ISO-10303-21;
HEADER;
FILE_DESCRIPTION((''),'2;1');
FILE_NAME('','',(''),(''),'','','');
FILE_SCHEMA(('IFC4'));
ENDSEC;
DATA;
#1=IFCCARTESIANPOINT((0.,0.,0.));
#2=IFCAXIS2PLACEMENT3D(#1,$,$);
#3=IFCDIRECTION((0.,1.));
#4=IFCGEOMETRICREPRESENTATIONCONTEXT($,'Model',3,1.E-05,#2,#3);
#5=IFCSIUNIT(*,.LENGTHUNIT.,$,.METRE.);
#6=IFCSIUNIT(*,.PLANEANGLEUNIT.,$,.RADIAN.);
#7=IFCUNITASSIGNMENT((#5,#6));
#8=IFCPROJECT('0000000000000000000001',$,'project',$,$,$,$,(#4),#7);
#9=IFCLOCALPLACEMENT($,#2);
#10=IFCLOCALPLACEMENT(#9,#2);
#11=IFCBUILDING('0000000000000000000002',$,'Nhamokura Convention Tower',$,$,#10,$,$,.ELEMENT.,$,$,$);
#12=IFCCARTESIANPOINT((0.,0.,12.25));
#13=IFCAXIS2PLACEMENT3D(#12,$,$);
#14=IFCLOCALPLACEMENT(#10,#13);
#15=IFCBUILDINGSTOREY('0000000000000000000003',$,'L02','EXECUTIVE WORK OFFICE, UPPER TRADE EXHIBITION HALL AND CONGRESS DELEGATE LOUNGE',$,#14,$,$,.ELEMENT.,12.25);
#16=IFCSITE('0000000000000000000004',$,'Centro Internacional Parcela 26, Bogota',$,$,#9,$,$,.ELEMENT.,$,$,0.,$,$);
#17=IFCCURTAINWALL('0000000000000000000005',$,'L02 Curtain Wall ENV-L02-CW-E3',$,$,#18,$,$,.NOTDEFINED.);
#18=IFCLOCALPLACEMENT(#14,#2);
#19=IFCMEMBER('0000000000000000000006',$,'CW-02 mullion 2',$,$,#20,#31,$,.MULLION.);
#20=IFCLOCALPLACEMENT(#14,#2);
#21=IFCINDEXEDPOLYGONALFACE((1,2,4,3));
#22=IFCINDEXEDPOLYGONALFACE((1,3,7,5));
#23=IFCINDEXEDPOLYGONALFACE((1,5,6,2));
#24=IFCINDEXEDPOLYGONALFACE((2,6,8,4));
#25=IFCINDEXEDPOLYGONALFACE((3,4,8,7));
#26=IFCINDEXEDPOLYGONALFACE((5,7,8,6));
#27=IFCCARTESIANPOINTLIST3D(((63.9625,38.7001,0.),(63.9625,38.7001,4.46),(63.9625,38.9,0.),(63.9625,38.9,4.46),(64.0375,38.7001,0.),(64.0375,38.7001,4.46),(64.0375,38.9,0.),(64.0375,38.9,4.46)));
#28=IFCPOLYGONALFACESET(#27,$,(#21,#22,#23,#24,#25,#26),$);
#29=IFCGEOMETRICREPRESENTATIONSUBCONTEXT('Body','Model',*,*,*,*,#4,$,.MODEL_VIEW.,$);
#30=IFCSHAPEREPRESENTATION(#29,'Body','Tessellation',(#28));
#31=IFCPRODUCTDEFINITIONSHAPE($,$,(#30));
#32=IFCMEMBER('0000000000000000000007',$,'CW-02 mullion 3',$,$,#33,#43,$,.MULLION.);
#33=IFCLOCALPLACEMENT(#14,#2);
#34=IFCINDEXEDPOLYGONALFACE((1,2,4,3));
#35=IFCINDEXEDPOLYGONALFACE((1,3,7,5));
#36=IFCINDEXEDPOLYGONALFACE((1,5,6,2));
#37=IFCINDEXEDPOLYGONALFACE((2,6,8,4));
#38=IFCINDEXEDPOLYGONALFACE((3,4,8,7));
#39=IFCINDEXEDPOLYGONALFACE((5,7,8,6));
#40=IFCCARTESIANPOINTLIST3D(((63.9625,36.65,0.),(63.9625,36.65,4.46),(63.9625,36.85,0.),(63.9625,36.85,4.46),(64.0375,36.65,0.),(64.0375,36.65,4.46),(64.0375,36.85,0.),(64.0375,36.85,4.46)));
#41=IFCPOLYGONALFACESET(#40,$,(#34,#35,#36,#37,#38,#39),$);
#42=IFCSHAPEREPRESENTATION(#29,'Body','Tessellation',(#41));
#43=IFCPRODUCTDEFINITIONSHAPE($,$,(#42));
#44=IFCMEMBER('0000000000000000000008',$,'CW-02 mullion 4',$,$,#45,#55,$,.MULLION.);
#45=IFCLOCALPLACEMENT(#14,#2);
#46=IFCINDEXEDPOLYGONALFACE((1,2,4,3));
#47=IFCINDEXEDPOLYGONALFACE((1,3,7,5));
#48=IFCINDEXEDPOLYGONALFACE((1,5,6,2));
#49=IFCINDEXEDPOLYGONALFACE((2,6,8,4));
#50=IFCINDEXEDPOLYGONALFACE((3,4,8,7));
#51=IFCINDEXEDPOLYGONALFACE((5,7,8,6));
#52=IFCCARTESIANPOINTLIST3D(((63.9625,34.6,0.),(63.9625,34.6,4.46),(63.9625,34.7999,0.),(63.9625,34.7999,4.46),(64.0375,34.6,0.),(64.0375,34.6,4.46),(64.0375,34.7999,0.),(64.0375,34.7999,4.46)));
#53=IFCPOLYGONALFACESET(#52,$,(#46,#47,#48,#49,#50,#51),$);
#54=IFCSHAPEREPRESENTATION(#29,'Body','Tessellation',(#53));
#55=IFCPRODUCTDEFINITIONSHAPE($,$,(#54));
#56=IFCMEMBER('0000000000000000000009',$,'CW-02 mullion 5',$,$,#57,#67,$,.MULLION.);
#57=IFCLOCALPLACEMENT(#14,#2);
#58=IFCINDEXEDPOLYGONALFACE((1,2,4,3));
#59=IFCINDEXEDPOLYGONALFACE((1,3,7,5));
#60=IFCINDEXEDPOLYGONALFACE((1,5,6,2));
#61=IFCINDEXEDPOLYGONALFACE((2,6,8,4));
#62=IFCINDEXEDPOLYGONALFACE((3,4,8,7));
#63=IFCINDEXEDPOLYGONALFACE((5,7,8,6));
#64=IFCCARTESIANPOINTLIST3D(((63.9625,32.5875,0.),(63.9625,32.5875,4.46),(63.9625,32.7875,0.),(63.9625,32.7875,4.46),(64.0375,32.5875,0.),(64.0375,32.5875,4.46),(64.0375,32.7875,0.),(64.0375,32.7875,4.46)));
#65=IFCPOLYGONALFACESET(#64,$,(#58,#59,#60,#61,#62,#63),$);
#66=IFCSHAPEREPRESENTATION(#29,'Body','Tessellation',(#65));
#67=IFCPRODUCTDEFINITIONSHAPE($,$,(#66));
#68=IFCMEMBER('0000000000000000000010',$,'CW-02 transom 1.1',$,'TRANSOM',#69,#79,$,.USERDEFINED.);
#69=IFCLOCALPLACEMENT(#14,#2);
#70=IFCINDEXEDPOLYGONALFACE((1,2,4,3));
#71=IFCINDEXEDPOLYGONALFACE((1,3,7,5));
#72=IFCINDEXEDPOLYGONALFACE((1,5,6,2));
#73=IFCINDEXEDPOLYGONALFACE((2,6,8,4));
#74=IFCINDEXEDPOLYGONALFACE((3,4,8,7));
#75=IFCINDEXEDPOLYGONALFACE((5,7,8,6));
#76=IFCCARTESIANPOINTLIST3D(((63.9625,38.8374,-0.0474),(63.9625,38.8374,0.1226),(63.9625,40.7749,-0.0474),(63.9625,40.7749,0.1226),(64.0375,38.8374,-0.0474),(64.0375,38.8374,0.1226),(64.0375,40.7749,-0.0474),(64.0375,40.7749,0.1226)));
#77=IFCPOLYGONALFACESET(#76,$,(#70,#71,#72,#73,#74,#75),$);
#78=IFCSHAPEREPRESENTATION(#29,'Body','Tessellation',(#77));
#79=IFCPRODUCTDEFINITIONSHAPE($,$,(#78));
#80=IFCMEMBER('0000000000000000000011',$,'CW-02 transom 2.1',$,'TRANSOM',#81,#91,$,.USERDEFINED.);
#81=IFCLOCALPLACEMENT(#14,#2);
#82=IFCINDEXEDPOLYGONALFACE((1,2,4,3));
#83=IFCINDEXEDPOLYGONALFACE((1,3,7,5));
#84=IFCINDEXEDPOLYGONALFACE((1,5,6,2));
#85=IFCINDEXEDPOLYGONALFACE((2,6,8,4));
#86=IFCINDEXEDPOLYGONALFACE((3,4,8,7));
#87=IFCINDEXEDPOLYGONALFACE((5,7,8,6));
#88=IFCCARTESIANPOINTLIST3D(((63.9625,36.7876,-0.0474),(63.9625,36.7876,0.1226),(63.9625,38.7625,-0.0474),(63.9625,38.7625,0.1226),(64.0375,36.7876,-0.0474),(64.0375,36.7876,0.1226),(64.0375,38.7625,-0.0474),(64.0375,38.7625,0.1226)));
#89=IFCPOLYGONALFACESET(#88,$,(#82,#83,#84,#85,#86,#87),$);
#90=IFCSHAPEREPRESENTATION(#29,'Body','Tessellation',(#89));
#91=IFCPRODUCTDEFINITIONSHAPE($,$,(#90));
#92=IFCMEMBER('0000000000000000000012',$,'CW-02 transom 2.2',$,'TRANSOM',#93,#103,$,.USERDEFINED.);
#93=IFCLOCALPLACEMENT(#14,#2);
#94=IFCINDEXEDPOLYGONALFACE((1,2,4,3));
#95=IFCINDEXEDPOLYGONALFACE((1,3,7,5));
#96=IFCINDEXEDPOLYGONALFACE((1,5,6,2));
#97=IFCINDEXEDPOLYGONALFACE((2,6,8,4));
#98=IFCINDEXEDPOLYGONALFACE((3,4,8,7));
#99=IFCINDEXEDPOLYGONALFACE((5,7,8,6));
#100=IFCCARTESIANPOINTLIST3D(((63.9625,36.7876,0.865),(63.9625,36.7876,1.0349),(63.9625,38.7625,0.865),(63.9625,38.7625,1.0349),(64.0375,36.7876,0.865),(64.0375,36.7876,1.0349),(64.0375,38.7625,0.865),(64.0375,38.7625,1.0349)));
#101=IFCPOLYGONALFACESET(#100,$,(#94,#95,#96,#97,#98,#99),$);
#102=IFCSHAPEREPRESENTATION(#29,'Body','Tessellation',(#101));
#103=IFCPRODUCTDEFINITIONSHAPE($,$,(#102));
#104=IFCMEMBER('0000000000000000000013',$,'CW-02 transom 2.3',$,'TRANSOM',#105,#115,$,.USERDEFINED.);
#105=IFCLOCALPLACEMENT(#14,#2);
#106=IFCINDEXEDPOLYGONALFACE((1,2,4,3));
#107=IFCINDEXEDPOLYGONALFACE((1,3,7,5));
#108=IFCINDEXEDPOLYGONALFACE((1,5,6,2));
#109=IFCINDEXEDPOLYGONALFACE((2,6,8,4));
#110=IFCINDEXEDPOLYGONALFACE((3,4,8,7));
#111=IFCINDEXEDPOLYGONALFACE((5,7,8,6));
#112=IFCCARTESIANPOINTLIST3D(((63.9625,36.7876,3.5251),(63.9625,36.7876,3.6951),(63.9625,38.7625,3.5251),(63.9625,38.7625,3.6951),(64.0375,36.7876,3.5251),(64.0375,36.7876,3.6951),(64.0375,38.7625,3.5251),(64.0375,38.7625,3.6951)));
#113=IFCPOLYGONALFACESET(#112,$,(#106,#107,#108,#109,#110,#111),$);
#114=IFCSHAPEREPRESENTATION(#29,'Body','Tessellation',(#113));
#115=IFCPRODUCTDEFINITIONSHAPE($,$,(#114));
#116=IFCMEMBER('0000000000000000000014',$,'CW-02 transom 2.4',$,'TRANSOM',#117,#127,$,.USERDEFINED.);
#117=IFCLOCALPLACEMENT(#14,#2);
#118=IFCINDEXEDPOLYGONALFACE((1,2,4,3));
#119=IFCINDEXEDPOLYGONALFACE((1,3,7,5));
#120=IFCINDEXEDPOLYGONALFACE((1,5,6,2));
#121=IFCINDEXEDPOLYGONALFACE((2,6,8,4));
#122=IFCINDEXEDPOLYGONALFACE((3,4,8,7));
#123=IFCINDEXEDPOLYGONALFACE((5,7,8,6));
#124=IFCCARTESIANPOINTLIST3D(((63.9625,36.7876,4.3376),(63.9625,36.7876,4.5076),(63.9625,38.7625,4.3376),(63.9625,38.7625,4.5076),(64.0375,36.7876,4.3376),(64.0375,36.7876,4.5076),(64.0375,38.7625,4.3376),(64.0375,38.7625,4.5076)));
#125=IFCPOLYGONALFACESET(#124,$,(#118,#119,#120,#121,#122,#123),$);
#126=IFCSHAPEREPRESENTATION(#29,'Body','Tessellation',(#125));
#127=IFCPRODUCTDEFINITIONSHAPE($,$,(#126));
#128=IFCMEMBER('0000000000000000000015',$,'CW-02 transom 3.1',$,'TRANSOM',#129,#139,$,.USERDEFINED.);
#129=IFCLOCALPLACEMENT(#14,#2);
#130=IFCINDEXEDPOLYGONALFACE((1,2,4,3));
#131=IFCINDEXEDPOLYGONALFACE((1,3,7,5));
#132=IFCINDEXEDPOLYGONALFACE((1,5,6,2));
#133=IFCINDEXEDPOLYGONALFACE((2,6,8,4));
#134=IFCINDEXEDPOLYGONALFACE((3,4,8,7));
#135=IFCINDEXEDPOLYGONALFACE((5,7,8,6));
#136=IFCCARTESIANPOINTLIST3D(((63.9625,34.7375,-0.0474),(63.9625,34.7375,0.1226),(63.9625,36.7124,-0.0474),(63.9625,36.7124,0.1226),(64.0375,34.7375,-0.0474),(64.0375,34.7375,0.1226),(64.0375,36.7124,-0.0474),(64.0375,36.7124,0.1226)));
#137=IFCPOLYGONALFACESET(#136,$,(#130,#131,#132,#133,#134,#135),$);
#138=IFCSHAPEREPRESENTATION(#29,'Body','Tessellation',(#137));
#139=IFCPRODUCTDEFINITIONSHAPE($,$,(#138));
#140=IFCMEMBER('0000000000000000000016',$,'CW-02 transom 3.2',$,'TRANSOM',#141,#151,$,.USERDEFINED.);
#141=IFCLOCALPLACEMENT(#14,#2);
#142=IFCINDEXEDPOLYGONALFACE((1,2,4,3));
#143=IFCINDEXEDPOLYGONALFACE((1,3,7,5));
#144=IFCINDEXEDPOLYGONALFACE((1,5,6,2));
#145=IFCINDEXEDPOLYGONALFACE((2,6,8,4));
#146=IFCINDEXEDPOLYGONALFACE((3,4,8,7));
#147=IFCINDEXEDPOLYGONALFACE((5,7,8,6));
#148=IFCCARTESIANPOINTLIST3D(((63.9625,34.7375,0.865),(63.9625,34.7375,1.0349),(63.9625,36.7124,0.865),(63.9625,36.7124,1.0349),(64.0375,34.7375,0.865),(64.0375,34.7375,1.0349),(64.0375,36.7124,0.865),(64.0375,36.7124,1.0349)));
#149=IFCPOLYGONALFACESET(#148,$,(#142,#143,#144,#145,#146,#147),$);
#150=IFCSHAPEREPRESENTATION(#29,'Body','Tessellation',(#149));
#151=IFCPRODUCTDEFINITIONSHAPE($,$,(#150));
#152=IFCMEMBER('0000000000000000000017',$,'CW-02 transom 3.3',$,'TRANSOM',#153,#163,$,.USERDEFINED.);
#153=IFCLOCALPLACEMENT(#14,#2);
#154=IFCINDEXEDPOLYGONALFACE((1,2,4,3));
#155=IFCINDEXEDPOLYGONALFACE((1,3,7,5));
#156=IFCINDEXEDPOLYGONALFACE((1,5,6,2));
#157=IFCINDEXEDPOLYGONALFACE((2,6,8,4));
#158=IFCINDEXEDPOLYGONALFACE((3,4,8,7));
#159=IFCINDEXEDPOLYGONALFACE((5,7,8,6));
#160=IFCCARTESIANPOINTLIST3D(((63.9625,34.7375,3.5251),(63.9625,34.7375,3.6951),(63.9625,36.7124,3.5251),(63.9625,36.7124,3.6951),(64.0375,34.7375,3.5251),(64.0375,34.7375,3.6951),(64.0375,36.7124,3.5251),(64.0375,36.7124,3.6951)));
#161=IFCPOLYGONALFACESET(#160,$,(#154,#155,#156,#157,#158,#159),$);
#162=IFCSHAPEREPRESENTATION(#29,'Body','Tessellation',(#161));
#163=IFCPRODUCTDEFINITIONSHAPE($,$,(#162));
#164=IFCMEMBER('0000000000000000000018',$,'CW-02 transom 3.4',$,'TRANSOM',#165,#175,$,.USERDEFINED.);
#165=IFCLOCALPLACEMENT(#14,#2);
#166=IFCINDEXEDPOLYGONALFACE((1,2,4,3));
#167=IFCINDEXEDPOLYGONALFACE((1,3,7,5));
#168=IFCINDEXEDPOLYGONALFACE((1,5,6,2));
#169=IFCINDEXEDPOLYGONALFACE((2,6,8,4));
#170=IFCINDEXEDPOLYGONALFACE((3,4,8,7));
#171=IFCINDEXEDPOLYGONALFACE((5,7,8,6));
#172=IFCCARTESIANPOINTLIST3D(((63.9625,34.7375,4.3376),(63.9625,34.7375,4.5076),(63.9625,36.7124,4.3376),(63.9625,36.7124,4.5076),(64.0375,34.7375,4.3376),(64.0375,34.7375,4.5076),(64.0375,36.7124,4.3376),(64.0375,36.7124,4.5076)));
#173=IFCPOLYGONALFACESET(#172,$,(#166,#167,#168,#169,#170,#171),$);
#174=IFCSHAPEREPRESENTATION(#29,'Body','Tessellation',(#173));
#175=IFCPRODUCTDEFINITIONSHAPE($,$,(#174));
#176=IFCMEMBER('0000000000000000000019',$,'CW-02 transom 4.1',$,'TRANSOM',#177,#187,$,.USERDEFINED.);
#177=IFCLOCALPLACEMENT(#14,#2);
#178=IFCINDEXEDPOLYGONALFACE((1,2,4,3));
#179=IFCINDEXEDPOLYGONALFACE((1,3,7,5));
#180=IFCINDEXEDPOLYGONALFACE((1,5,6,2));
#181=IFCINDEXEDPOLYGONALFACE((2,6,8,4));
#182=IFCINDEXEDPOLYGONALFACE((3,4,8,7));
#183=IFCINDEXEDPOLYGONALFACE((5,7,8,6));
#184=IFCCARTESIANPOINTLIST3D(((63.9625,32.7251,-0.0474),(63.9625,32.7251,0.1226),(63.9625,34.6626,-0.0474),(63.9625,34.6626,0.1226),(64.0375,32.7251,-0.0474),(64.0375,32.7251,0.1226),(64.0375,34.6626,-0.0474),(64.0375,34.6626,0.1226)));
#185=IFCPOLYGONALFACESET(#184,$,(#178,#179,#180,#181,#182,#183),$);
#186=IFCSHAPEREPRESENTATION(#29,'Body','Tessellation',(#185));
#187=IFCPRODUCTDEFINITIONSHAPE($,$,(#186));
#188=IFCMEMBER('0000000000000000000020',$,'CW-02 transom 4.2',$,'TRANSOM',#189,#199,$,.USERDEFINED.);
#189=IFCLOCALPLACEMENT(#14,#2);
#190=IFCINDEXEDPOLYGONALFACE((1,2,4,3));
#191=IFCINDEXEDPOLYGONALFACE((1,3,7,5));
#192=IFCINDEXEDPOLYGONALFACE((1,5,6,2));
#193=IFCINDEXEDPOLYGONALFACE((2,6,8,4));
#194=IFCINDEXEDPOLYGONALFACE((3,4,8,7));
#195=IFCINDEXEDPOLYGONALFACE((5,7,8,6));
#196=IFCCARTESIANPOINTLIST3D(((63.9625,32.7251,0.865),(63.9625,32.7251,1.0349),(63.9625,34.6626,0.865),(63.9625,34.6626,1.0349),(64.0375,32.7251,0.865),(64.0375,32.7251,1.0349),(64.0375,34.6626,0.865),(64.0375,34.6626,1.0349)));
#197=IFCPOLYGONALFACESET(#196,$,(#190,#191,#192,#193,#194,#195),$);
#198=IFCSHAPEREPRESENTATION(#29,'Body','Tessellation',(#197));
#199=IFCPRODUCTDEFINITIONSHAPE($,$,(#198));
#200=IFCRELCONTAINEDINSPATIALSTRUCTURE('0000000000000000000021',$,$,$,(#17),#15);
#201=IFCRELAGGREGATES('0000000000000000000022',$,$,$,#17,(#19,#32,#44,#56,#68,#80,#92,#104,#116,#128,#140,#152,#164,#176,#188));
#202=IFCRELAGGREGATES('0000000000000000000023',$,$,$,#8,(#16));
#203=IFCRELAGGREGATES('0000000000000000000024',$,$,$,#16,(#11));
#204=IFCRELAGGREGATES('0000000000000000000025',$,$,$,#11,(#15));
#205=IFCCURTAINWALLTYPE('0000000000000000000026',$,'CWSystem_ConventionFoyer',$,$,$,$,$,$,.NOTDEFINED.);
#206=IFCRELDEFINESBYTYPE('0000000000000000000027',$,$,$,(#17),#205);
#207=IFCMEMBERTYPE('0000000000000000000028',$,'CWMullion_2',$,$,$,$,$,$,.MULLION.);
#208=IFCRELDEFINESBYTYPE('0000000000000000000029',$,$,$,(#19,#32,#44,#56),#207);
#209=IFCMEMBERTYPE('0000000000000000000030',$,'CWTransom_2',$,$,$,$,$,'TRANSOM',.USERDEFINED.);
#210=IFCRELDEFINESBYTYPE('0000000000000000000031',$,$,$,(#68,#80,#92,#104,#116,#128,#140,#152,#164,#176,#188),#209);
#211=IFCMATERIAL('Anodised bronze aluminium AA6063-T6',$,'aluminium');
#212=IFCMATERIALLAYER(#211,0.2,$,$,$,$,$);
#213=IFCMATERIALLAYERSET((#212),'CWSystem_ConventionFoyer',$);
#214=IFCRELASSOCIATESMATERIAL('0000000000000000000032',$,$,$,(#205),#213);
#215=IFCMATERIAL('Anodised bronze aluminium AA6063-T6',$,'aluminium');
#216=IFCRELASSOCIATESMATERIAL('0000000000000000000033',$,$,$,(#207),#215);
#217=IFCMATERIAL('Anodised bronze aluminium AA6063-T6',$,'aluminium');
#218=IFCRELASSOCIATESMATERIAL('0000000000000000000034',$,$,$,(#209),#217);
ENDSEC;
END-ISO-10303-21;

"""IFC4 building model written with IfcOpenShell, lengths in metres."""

from ifc_helpers import new_model, si_unit, direction, frame, origin, origin_2d, place, context, subcontext, project, spatial, rectangle, extrude, material, layer, layer_set, material_profile, profile_set, type_object, element, aggregate, save


model = new_model("IFC4")

# Units and contexts
model_context = context("Model", 3, precision=1e-05, world=origin(), true_north=direction((0.0, 1.0)))
body_context = subcontext(model_context, "Body", "Model", "MODEL_VIEW")
ifc_project = project(units=[si_unit("LENGTHUNIT", "METRE"), si_unit("PLANEANGLEUNIT", "RADIAN")], contexts=[model_context])

# Site, building, storey
site_placement = place(None, origin())
site = spatial("IfcSite", under=ifc_project, at=site_placement, Name="Centro Internacional Parcela 26, Bogota", CompositionType="ELEMENT", RefElevation=0.0)
building_placement = place(site_placement, origin())
building = spatial("IfcBuilding", under=site, at=building_placement, Name="Nhamokura Convention Tower", CompositionType="ELEMENT")
storey_placement = place(building_placement, frame((0.0, 0.0, 12.25)))
storey = spatial("IfcBuildingStorey", under=building, at=storey_placement, Name="L02", Description="EXECUTIVE WORK OFFICE, UPPER TRADE EXHIBITION HALL AND CONGRESS DELEGATE LOUNGE", CompositionType="ELEMENT", Elevation=12.25)

# Curtain wall, members
ifc_material_1 = material(Name="Anodised bronze aluminium AA6063-T6", Category="aluminium")
ifc_layer_1 = layer(ifc_material_1, 0.2)
ifc_layer_set_1 = layer_set([ifc_layer_1], Name="CWSystem_ConventionFoyer")
curtain_wall_type = type_object("IfcCurtainWallType", Name="CWSystem_ConventionFoyer", PredefinedType="NOTDEFINED", material=ifc_layer_set_1)
curtain_wall_placement = place(storey_placement, origin())
curtain_wall = element("IfcCurtainWall", 1, at=curtain_wall_placement, inside=storey, type_object=curtain_wall_type, Name="L02 Curtain Wall ENV-L02-CW-E3", PredefinedType="NOTDEFINED")
ifc_material_2 = material(Name="Anodised bronze aluminium AA6063-T6", Category="aluminium")
ifc_material_profile_1 = material_profile(ifc_material_2, rectangle(XDim=0.075, YDim=0.2, at=origin_2d()))
ifc_profile_set_1 = profile_set([ifc_material_profile_1], Name="Anodised bronze aluminium AA6063-T6")
member_type_1 = type_object("IfcMemberType", Name="CWMullion_2", PredefinedType="MULLION", material=ifc_profile_set_1)
member_1_placement = place(storey_placement, frame((64.0, 38.8, 0.0), z_axis=(0.0, 0.0, 1.0), x_axis=(1.0, 0.0, 0.0)))
member_1 = element("IfcMember", 2, at=member_1_placement, type_object=member_type_1, Name="CW-02 mullion 2", PredefinedType="MULLION", context=body_context, shape_type="SweptSolid", body=[
    extrude(rectangle(XDim=0.075, YDim=0.2, at=origin_2d()), origin(), (0.0, 0.0, 1.0), 4.46),
])
member_2_placement = place(storey_placement, frame((64.0, 36.75, 0.0), z_axis=(0.0, 0.0, 1.0), x_axis=(1.0, 0.0, 0.0)))
member_2 = element("IfcMember", 3, at=member_2_placement, type_object=member_type_1, Name="CW-02 mullion 3", PredefinedType="MULLION", context=body_context, shape_type="SweptSolid", body=[
    extrude(rectangle(XDim=0.075, YDim=0.2, at=origin_2d()), origin(), (0.0, 0.0, 1.0), 4.46),
])
member_3_placement = place(storey_placement, frame((64.0, 34.7, 0.0), z_axis=(0.0, 0.0, 1.0), x_axis=(1.0, 0.0, 0.0)))
member_3 = element("IfcMember", 4, at=member_3_placement, type_object=member_type_1, Name="CW-02 mullion 4", PredefinedType="MULLION", context=body_context, shape_type="SweptSolid", body=[
    extrude(rectangle(XDim=0.075, YDim=0.2, at=origin_2d()), origin(), (0.0, 0.0, 1.0), 4.46),
])
member_4_placement = place(storey_placement, frame((64.0, 32.6875, 0.0), z_axis=(0.0, 0.0, 1.0), x_axis=(1.0, 0.0, 0.0)))
member_4 = element("IfcMember", 5, at=member_4_placement, type_object=member_type_1, Name="CW-02 mullion 5", PredefinedType="MULLION", context=body_context, shape_type="SweptSolid", body=[
    extrude(rectangle(XDim=0.075, YDim=0.2, at=origin_2d()), origin(), (0.0, 0.0, 1.0), 4.46),
])
ifc_material_3 = material(Name="Anodised bronze aluminium AA6063-T6", Category="aluminium")
ifc_material_profile_2 = material_profile(ifc_material_3, rectangle(XDim=0.075, YDim=0.1699, at=origin_2d()))
ifc_profile_set_2 = profile_set([ifc_material_profile_2], Name="Anodised bronze aluminium AA6063-T6")
member_type_2 = type_object("IfcMemberType", Name="CWTransom_2", ElementType="TRANSOM", PredefinedType="USERDEFINED", material=ifc_profile_set_2)
member_5_placement = place(storey_placement, frame((64.0, 40.7749, 0.0376), z_axis=(0.0, -1.0, 0.0), x_axis=(1.0, 0.0, 0.0)))
member_5 = element("IfcMember", 6, at=member_5_placement, type_object=member_type_2, Name="CW-02 transom 1.1", ObjectType="TRANSOM", PredefinedType="USERDEFINED", context=body_context, shape_type="SweptSolid", body=[
    extrude(rectangle(XDim=0.075, YDim=0.1699, at=origin_2d()), origin(), (0.0, 0.0, 1.0), 1.9375),
])
member_6_placement = place(storey_placement, frame((64.0, 38.7625, 0.0376), z_axis=(0.0, -1.0, 0.0), x_axis=(1.0, 0.0, 0.0)))
member_6 = element("IfcMember", 7, at=member_6_placement, type_object=member_type_2, Name="CW-02 transom 2.1", ObjectType="TRANSOM", PredefinedType="USERDEFINED", context=body_context, shape_type="SweptSolid", body=[
    extrude(rectangle(XDim=0.075, YDim=0.1699, at=origin_2d()), origin(), (0.0, 0.0, 1.0), 1.9749),
])
member_7_placement = place(storey_placement, frame((64.0, 38.7625, 0.95), z_axis=(0.0, -1.0, 0.0), x_axis=(1.0, 0.0, 0.0)))
member_7 = element("IfcMember", 8, at=member_7_placement, type_object=member_type_2, Name="CW-02 transom 2.2", ObjectType="TRANSOM", PredefinedType="USERDEFINED", context=body_context, shape_type="SweptSolid", body=[
    extrude(rectangle(XDim=0.075, YDim=0.1699, at=origin_2d()), origin(), (0.0, 0.0, 1.0), 1.9749),
])
member_8_placement = place(storey_placement, frame((64.0, 38.7625, 3.6101), z_axis=(0.0, -1.0, 0.0), x_axis=(1.0, 0.0, 0.0)))
member_8 = element("IfcMember", 9, at=member_8_placement, type_object=member_type_2, Name="CW-02 transom 2.3", ObjectType="TRANSOM", PredefinedType="USERDEFINED", context=body_context, shape_type="SweptSolid", body=[
    extrude(rectangle(XDim=0.075, YDim=0.1699, at=origin_2d()), origin(), (0.0, 0.0, 1.0), 1.9749),
])
member_9_placement = place(storey_placement, frame((64.0, 38.7625, 4.4226), z_axis=(0.0, -1.0, 0.0), x_axis=(1.0, 0.0, 0.0)))
member_9 = element("IfcMember", 10, at=member_9_placement, type_object=member_type_2, Name="CW-02 transom 2.4", ObjectType="TRANSOM", PredefinedType="USERDEFINED", context=body_context, shape_type="SweptSolid", body=[
    extrude(rectangle(XDim=0.075, YDim=0.1699, at=origin_2d()), origin(), (0.0, 0.0, 1.0), 1.9749),
])
member_10_placement = place(storey_placement, frame((64.0, 36.7124, 0.0376), z_axis=(0.0, -1.0, 0.0), x_axis=(1.0, 0.0, 0.0)))
member_10 = element("IfcMember", 11, at=member_10_placement, type_object=member_type_2, Name="CW-02 transom 3.1", ObjectType="TRANSOM", PredefinedType="USERDEFINED", context=body_context, shape_type="SweptSolid", body=[
    extrude(rectangle(XDim=0.075, YDim=0.1699, at=origin_2d()), origin(), (0.0, 0.0, 1.0), 1.9749),
])
member_11_placement = place(storey_placement, frame((64.0, 36.7124, 0.95), z_axis=(0.0, -1.0, 0.0), x_axis=(1.0, 0.0, 0.0)))
member_11 = element("IfcMember", 12, at=member_11_placement, type_object=member_type_2, Name="CW-02 transom 3.2", ObjectType="TRANSOM", PredefinedType="USERDEFINED", context=body_context, shape_type="SweptSolid", body=[
    extrude(rectangle(XDim=0.075, YDim=0.1699, at=origin_2d()), origin(), (0.0, 0.0, 1.0), 1.9749),
])
member_12_placement = place(storey_placement, frame((64.0, 36.7124, 3.6101), z_axis=(0.0, -1.0, 0.0), x_axis=(1.0, 0.0, 0.0)))
member_12 = element("IfcMember", 13, at=member_12_placement, type_object=member_type_2, Name="CW-02 transom 3.3", ObjectType="TRANSOM", PredefinedType="USERDEFINED", context=body_context, shape_type="SweptSolid", body=[
    extrude(rectangle(XDim=0.075, YDim=0.1699, at=origin_2d()), origin(), (0.0, 0.0, 1.0), 1.9749),
])
member_13_placement = place(storey_placement, frame((64.0, 36.7124, 4.4226), z_axis=(0.0, -1.0, 0.0), x_axis=(1.0, 0.0, 0.0)))
member_13 = element("IfcMember", 14, at=member_13_placement, type_object=member_type_2, Name="CW-02 transom 3.4", ObjectType="TRANSOM", PredefinedType="USERDEFINED", context=body_context, shape_type="SweptSolid", body=[
    extrude(rectangle(XDim=0.075, YDim=0.1699, at=origin_2d()), origin(), (0.0, 0.0, 1.0), 1.9749),
])
member_14_placement = place(storey_placement, frame((64.0, 34.6626, 0.0376), z_axis=(0.0, -1.0, 0.0), x_axis=(1.0, 0.0, 0.0)))
member_14 = element("IfcMember", 15, at=member_14_placement, type_object=member_type_2, Name="CW-02 transom 4.1", ObjectType="TRANSOM", PredefinedType="USERDEFINED", context=body_context, shape_type="SweptSolid", body=[
    extrude(rectangle(XDim=0.075, YDim=0.1699, at=origin_2d()), origin(), (0.0, 0.0, 1.0), 1.9375),
])
member_15_placement = place(storey_placement, frame((64.0, 34.6626, 0.95), z_axis=(0.0, -1.0, 0.0), x_axis=(1.0, 0.0, 0.0)))
member_15 = element("IfcMember", 16, at=member_15_placement, type_object=member_type_2, Name="CW-02 transom 4.2", ObjectType="TRANSOM", PredefinedType="USERDEFINED", context=body_context, shape_type="SweptSolid", body=[
    extrude(rectangle(XDim=0.075, YDim=0.1699, at=origin_2d()), origin(), (0.0, 0.0, 1.0), 1.9375),
])

aggregate(curtain_wall, [member_1, member_2, member_3, member_4, member_5, member_6, member_7, member_8, member_9, member_10, member_11, member_12, member_13, member_14, member_15])

save(model, "model.ifc")
